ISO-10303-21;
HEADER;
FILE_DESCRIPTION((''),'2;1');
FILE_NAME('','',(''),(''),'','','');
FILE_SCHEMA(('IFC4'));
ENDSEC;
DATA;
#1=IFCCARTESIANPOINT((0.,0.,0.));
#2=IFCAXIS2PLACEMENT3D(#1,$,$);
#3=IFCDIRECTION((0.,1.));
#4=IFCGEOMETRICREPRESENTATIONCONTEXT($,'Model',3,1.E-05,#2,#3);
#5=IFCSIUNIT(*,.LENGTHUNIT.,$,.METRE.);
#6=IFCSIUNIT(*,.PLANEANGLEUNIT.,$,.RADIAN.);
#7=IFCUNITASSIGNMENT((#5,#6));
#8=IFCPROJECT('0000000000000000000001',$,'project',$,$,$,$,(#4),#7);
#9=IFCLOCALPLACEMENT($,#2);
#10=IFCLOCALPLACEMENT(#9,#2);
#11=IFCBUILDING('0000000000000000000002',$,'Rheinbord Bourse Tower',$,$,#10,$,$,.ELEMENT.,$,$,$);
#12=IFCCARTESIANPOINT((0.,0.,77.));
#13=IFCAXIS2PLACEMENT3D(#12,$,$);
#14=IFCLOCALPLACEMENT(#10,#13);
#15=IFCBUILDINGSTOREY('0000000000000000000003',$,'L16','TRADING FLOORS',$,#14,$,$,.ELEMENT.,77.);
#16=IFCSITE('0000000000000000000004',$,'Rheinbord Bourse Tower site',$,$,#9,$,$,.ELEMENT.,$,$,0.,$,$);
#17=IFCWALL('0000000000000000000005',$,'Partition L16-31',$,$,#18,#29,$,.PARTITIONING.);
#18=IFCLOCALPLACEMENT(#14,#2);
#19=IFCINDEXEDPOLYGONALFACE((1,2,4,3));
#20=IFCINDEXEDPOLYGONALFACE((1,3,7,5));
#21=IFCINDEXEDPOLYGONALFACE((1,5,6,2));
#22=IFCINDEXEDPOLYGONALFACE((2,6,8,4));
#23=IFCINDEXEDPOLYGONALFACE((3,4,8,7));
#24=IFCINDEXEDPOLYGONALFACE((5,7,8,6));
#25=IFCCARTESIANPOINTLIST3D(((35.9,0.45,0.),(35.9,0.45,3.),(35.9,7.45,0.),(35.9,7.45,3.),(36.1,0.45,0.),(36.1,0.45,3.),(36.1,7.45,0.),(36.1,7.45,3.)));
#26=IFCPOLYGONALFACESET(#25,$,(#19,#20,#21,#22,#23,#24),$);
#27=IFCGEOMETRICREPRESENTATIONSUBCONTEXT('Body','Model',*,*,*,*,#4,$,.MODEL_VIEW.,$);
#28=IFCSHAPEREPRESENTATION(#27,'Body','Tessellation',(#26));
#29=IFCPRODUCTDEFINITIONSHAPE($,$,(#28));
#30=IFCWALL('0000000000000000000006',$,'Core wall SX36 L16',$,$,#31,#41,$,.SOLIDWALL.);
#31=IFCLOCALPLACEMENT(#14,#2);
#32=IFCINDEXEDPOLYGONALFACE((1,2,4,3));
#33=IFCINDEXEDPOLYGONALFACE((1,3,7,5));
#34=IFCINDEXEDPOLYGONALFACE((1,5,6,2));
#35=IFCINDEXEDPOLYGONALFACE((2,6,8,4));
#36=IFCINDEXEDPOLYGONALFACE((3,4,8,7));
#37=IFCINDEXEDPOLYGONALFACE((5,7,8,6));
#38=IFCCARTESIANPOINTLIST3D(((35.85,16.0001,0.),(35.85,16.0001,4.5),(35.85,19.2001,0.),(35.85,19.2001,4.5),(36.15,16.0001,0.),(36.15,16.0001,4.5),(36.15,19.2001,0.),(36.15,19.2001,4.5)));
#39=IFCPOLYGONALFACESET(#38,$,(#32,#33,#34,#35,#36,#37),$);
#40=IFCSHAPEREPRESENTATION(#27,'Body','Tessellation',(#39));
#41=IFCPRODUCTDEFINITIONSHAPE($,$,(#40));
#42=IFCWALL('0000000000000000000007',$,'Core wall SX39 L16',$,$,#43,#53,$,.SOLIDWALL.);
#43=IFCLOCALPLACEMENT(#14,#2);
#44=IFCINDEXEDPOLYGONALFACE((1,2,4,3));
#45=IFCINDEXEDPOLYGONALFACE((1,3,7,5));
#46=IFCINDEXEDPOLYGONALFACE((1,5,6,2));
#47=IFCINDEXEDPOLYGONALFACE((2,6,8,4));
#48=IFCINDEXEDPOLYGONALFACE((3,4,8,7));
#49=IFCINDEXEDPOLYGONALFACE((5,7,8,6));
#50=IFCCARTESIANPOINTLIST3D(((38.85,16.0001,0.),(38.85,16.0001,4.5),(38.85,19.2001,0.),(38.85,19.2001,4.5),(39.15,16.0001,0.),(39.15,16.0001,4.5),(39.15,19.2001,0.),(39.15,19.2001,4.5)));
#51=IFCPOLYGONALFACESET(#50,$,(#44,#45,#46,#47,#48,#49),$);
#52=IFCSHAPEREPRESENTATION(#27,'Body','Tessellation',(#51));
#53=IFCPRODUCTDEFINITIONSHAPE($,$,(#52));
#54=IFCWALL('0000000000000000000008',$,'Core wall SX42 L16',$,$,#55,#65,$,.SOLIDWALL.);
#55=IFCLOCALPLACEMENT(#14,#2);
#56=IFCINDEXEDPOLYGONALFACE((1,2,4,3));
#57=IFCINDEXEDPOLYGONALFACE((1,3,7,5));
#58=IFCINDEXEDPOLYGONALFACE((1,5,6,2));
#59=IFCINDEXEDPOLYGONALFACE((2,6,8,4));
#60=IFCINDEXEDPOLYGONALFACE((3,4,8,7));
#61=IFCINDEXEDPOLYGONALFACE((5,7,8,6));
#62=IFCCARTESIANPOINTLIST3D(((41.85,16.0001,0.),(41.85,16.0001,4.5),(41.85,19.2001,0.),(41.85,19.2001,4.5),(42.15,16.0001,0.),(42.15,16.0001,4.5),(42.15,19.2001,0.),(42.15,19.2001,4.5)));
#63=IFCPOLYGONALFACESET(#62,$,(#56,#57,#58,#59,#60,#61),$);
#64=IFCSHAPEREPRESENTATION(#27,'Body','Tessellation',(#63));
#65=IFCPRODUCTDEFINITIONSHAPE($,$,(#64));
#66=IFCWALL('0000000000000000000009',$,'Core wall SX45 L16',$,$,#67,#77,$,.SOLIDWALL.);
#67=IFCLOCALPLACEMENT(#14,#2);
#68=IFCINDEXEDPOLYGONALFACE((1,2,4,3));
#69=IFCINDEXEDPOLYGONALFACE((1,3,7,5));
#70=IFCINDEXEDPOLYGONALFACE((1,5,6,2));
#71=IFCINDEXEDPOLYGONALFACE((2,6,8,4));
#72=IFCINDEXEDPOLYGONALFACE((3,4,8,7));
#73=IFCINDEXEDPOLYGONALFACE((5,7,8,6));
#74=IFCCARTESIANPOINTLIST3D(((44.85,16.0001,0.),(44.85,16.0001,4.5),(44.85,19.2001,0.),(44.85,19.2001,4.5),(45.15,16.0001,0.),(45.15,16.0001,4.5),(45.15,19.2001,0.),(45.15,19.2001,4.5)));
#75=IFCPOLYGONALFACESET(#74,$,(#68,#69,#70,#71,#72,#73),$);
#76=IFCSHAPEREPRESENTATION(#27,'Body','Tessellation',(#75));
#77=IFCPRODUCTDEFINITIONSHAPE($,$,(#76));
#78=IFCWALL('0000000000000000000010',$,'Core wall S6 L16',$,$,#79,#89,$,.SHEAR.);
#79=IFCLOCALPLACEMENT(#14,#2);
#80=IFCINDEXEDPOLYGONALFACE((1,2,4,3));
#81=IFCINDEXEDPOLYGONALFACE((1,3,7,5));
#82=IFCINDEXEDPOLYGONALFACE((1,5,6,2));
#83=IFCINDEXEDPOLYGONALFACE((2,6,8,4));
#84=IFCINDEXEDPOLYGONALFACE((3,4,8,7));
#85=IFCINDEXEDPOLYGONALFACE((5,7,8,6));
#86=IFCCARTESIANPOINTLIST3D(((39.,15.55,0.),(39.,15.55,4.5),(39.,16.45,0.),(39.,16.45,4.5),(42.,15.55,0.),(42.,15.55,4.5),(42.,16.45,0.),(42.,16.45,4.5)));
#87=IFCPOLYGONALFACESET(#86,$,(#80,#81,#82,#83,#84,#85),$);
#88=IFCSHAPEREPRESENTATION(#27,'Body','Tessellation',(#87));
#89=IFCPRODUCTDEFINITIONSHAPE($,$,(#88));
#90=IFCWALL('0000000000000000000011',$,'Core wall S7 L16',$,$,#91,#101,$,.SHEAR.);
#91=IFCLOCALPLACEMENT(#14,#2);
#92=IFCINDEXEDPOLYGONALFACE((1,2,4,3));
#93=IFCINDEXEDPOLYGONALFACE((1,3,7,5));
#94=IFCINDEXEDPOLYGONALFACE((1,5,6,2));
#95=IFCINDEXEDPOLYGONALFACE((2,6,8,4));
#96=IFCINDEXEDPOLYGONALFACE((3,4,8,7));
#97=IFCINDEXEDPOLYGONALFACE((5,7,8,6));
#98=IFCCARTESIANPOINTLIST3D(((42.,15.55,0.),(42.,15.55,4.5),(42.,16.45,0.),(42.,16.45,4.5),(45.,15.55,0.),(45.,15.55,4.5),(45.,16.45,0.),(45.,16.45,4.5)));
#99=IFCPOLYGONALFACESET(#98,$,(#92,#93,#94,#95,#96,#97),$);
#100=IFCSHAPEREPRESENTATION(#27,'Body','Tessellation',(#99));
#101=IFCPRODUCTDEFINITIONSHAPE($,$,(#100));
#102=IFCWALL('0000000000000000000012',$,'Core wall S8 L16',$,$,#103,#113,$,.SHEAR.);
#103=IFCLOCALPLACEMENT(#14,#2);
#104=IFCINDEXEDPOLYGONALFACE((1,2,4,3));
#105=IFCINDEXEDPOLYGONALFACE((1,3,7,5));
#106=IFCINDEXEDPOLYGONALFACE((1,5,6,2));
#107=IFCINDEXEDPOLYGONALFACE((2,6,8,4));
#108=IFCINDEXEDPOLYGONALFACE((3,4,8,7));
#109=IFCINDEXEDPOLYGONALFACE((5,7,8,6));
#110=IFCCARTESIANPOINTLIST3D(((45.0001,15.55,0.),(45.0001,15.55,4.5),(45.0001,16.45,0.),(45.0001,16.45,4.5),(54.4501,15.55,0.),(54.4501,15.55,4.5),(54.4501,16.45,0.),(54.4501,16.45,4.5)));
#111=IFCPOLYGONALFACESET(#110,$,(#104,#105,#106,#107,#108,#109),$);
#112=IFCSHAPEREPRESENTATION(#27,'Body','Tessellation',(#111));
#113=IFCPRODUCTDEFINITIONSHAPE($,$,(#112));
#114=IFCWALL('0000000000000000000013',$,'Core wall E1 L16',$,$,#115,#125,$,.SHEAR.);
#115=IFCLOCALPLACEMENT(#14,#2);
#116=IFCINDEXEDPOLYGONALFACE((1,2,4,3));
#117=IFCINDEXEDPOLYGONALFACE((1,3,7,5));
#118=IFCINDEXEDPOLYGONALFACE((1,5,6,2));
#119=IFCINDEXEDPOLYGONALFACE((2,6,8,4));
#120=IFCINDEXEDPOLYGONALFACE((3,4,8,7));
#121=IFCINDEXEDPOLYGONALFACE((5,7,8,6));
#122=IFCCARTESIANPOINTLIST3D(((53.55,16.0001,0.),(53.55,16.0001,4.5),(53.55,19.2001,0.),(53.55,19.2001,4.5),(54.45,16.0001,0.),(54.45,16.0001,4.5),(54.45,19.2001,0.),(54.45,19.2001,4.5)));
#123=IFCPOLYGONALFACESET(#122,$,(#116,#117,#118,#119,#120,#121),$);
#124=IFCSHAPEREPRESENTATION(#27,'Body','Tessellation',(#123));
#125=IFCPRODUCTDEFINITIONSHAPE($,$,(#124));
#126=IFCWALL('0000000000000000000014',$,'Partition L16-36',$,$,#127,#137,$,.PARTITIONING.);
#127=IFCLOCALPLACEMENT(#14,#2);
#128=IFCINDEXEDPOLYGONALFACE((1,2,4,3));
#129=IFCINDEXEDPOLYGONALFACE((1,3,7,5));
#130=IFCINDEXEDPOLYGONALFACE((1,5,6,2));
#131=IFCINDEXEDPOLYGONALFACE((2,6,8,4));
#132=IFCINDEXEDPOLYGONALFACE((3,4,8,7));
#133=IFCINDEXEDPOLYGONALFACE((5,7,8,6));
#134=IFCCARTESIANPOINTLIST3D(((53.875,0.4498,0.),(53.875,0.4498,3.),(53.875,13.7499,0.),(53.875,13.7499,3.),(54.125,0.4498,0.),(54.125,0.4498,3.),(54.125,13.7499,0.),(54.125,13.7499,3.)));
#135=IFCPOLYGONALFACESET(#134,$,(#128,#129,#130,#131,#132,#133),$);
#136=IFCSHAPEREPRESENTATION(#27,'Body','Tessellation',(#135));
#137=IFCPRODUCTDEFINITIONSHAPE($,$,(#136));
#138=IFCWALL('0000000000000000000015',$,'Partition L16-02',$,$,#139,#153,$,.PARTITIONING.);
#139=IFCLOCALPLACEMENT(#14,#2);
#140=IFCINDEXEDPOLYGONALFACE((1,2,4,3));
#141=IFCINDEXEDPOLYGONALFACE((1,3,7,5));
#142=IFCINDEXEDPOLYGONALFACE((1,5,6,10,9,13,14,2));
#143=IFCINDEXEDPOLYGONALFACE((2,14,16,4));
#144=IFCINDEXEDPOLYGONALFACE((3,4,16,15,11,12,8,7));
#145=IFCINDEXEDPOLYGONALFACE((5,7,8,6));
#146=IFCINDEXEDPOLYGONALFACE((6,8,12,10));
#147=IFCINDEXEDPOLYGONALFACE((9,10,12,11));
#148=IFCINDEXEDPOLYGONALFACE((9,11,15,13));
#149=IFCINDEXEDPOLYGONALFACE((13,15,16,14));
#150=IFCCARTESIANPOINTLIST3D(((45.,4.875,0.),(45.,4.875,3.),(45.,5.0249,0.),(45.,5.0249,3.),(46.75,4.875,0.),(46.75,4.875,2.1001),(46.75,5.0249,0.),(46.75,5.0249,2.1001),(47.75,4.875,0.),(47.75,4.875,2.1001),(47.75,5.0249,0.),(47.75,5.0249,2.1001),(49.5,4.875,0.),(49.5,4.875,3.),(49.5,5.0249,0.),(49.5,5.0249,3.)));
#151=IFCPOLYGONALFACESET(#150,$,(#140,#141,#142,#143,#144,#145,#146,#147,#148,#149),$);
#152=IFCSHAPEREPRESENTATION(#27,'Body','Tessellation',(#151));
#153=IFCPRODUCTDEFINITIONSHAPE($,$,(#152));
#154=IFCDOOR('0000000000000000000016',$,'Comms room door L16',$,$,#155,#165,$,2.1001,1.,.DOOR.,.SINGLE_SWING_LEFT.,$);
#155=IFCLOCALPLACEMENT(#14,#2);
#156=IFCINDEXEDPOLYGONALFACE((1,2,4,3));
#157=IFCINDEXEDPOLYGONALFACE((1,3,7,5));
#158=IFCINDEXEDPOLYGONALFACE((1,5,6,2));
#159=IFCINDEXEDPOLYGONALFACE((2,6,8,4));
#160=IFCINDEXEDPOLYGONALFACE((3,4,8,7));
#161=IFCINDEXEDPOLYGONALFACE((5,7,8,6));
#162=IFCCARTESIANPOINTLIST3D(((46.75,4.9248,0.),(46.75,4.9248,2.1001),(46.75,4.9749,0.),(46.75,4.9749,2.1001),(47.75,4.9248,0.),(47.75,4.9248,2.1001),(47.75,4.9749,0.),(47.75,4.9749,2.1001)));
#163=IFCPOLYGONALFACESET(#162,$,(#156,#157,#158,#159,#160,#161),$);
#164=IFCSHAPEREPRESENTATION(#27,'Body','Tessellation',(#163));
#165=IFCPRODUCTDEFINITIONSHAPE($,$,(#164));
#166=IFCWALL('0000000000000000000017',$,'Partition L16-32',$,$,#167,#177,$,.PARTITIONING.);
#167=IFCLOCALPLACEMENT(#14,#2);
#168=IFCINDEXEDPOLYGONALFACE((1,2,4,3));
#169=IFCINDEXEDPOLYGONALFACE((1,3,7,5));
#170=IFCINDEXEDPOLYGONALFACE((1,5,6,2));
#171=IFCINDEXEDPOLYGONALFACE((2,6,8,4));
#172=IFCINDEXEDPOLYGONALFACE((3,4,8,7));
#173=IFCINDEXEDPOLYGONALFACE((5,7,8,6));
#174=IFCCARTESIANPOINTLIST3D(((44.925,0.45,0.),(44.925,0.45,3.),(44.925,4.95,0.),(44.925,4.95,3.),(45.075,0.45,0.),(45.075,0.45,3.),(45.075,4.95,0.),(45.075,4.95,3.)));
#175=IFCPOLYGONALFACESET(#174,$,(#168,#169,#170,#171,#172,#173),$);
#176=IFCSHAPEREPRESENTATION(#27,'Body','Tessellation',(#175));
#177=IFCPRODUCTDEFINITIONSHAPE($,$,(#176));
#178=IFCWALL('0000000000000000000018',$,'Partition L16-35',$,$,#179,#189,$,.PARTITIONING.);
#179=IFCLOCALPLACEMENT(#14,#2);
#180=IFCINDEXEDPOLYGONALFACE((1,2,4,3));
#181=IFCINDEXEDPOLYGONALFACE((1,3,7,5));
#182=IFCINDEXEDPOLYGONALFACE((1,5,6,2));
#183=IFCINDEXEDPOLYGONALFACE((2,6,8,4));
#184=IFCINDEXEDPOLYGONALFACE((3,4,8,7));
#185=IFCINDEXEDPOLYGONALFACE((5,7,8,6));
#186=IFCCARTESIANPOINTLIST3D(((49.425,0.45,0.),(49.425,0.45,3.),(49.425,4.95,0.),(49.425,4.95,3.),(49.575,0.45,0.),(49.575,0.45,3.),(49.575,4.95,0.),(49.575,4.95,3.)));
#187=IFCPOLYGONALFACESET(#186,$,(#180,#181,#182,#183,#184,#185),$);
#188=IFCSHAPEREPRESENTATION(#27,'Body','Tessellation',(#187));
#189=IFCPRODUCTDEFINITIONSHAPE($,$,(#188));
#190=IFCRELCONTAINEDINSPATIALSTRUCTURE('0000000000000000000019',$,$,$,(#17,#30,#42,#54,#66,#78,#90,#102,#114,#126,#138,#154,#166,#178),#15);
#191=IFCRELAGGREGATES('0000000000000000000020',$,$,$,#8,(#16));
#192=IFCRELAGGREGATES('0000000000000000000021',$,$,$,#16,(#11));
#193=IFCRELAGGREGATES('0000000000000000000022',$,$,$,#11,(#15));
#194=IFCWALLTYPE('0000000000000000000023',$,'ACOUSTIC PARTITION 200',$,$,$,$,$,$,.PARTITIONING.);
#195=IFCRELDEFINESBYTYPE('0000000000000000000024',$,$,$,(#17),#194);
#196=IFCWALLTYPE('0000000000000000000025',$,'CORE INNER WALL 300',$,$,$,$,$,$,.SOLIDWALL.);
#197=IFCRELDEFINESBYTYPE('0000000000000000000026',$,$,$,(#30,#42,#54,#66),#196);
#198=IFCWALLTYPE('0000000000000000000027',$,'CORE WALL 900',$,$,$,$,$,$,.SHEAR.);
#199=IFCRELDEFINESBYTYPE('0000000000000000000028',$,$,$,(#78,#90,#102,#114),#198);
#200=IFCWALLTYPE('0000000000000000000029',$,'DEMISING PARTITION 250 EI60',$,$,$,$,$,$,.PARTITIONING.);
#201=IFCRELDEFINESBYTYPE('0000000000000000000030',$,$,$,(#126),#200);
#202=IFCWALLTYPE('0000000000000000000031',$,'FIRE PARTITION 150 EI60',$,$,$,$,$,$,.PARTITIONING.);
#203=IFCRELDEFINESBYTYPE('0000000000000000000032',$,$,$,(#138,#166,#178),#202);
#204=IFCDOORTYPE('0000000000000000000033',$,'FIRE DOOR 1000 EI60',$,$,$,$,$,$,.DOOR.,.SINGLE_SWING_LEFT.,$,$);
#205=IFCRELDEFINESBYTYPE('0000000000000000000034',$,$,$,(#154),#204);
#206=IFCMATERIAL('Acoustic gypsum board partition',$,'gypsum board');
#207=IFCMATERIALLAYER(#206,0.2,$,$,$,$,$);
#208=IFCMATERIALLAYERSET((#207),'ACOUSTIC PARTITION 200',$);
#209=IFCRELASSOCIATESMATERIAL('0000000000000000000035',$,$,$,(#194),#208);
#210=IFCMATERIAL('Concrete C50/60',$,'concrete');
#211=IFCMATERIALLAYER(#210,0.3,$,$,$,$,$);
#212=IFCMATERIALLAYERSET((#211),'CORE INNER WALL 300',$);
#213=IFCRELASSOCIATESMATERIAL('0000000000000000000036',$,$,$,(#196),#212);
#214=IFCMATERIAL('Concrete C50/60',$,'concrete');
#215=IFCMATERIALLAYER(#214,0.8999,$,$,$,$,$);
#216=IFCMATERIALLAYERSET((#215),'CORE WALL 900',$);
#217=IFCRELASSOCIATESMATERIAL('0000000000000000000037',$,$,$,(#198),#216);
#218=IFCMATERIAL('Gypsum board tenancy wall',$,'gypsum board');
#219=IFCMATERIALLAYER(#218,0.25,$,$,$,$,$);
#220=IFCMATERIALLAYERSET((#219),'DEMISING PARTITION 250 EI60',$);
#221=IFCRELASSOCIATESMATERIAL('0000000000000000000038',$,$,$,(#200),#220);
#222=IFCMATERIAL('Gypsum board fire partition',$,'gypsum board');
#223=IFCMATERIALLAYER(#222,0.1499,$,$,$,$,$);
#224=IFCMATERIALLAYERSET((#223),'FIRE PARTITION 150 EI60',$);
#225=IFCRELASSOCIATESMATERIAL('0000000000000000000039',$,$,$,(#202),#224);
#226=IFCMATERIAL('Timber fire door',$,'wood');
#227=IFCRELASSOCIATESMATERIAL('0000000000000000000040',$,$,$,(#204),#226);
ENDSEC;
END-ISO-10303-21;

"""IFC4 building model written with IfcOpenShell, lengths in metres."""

from ifc_helpers import new_model, si_unit, direction, frame, frame_2d, origin, place, context, subcontext, project, spatial, rectangle, extrude, material, layer, layer_set, type_object, element, fill, save


model = new_model("IFC4")

# Units and contexts
model_context = context("Model", 3, precision=1e-05, world=origin(), true_north=direction((0.0, 1.0)))
body_context = subcontext(model_context, "Body", "Model", "MODEL_VIEW")
ifc_project = project(units=[si_unit("LENGTHUNIT", "METRE"), si_unit("PLANEANGLEUNIT", "RADIAN")], contexts=[model_context])

# Site, building, storey
site_placement = place(None, origin())
site = spatial("IfcSite", under=ifc_project, at=site_placement, Name="Rheinbord Bourse Tower site", CompositionType="ELEMENT", RefElevation=0.0)
building_placement = place(site_placement, origin())
building = spatial("IfcBuilding", under=site, at=building_placement, Name="Rheinbord Bourse Tower", CompositionType="ELEMENT")
storey_placement = place(building_placement, frame((0.0, 0.0, 77.0)))
storey = spatial("IfcBuildingStorey", under=building, at=storey_placement, Name="L16", Description="TRADING FLOORS", CompositionType="ELEMENT", Elevation=77.0)

# Walls
ifc_material_1 = material(Name="Acoustic gypsum board partition", Category="gypsum board")
ifc_layer_1 = layer(ifc_material_1, 0.2)
ifc_layer_set_1 = layer_set([ifc_layer_1], Name="ACOUSTIC PARTITION 200")
wall_type_1 = type_object("IfcWallType", Name="ACOUSTIC PARTITION 200", PredefinedType="PARTITIONING", material=ifc_layer_set_1)
wall_1_placement = place(storey_placement, frame((36.0, 0.45, 0.0), z_axis=(0.0, 0.0, 1.0), x_axis=(0.0, 1.0, 0.0)))
element("IfcWall", 1, at=wall_1_placement, inside=storey, type_object=wall_type_1, Name="Partition L16-31", PredefinedType="PARTITIONING", context=body_context, shape_type="SweptSolid", body=[
    extrude(rectangle(XDim=7.0, YDim=0.2, at=frame_2d((3.5, 0.0))), origin(), (0.0, 0.0, 1.0), 3.0),
])
ifc_material_2 = material(Name="Concrete C50/60", Category="concrete")
ifc_layer_2 = layer(ifc_material_2, 0.3)
ifc_layer_set_2 = layer_set([ifc_layer_2], Name="CORE INNER WALL 300")
wall_type_2 = type_object("IfcWallType", Name="CORE INNER WALL 300", PredefinedType="SOLIDWALL", material=ifc_layer_set_2)
for number, where, z_axis, x_axis, name in (
    (2, (36.0, 16.0, 0.0), (0.0, 0.0, 1.0), (0.0, 1.0, 0.0), "Core wall SX36 L16"),
    (3, (39.0, 16.0, 0.0), (0.0, 0.0, 1.0), (0.0, 1.0, 0.0), "Core wall SX39 L16"),
    (4, (42.0, 16.0, 0.0), (0.0, 0.0, 1.0), (0.0, 1.0, 0.0), "Core wall SX42 L16"),
    (5, (45.0, 16.0, 0.0), (0.0, 0.0, 1.0), (0.0, 1.0, 0.0), "Core wall SX45 L16"),
):
    element("IfcWall", number, at=place(storey_placement, frame(where, z_axis=z_axis, x_axis=x_axis)), inside=storey, type_object=wall_type_2, Name=name, PredefinedType="SOLIDWALL", context=body_context, shape_type="SweptSolid", body=[
        extrude(rectangle(XDim=3.2, YDim=0.3, at=frame_2d((1.6001, 0.0))), origin(), (0.0, 0.0, 1.0), 4.5),
    ])
ifc_material_3 = material(Name="Concrete C50/60", Category="concrete")
ifc_layer_3 = layer(ifc_material_3, 0.8999)
ifc_layer_set_3 = layer_set([ifc_layer_3], Name="CORE WALL 900")
wall_type_3 = type_object("IfcWallType", Name="CORE WALL 900", PredefinedType="SHEAR", material=ifc_layer_set_3)
for number, where, z_axis, x_axis, name in (
    (6, (39.0, 16.0, 0.0), (0.0, 0.0, 1.0), (1.0, 0.0, 0.0), "Core wall S6 L16"),
    (7, (42.0, 16.0, 0.0), (0.0, 0.0, 1.0), (1.0, 0.0, 0.0), "Core wall S7 L16"),
):
    element("IfcWall", number, at=place(storey_placement, frame(where, z_axis=z_axis, x_axis=x_axis)), inside=storey, type_object=wall_type_3, Name=name, PredefinedType="SHEAR", context=body_context, shape_type="SweptSolid", body=[
        extrude(rectangle(XDim=3.0, YDim=0.8999, at=frame_2d((1.5, 0.0))), origin(), (0.0, 0.0, 1.0), 4.5),
    ])
wall_2_placement = place(storey_placement, frame((45.0, 16.0, 0.0), z_axis=(0.0, 0.0, 1.0), x_axis=(1.0, 0.0, 0.0)))
element("IfcWall", 8, at=wall_2_placement, inside=storey, type_object=wall_type_3, Name="Core wall S8 L16", PredefinedType="SHEAR", context=body_context, shape_type="SweptSolid", body=[
    extrude(rectangle(XDim=9.45, YDim=0.8999, at=frame_2d((4.7251, 0.0))), origin(), (0.0, 0.0, 1.0), 4.5),
])
wall_3_placement = place(storey_placement, frame((54.0, 16.0, 0.0), z_axis=(0.0, 0.0, 1.0), x_axis=(0.0, 1.0, 0.0)))
element("IfcWall", 9, at=wall_3_placement, inside=storey, type_object=wall_type_3, Name="Core wall E1 L16", PredefinedType="SHEAR", context=body_context, shape_type="SweptSolid", body=[
    extrude(rectangle(XDim=3.2, YDim=0.8999, at=frame_2d((1.6001, 0.0))), origin(), (0.0, 0.0, 1.0), 4.5),
])
ifc_material_4 = material(Name="Gypsum board tenancy wall", Category="gypsum board")
ifc_layer_4 = layer(ifc_material_4, 0.25)
ifc_layer_set_4 = layer_set([ifc_layer_4], Name="DEMISING PARTITION 250 EI60")
wall_type_4 = type_object("IfcWallType", Name="DEMISING PARTITION 250 EI60", PredefinedType="PARTITIONING", material=ifc_layer_set_4)
wall_4_placement = place(storey_placement, frame((54.0, 0.45, 0.0), z_axis=(0.0, 0.0, 1.0), x_axis=(0.0, 1.0, 0.0)))
element("IfcWall", 10, at=wall_4_placement, inside=storey, type_object=wall_type_4, Name="Partition L16-36", PredefinedType="PARTITIONING", context=body_context, shape_type="SweptSolid", body=[
    extrude(rectangle(XDim=13.3, YDim=0.25, at=frame_2d((6.6499, 0.0))), origin(), (0.0, 0.0, 1.0), 3.0),
])

# Wall, opening, door
ifc_material_5 = material(Name="Gypsum board fire partition", Category="gypsum board")
ifc_layer_5 = layer(ifc_material_5, 0.1499)
ifc_layer_set_5 = layer_set([ifc_layer_5], Name="FIRE PARTITION 150 EI60")
wall_type_5 = type_object("IfcWallType", Name="FIRE PARTITION 150 EI60", PredefinedType="PARTITIONING", material=ifc_layer_set_5)
wall_5_placement = place(storey_placement, frame((45.0, 4.95, 0.0), z_axis=(0.0, 0.0, 1.0), x_axis=(1.0, 0.0, 0.0)))
wall_5 = element("IfcWall", 11, at=wall_5_placement, inside=storey, type_object=wall_type_5, Name="Partition L16-02", PredefinedType="PARTITIONING", context=body_context, shape_type="SweptSolid", body=[
    extrude(rectangle(XDim=4.5, YDim=0.1499, at=frame_2d((2.25, 0.0))), origin(), (0.0, 0.0, 1.0), 3.0),
])
opening_1_placement = place(wall_5_placement, frame((1.75, 0.0, 0.0)))
opening_1 = element("IfcOpeningElement", 12, at=opening_1_placement, cuts=wall_5, PredefinedType="OPENING", context=body_context, shape_type="SweptSolid", body=[
    extrude(rectangle(XDim=1.0, YDim=2.1001, at=frame_2d((0.5, 1.05))), frame((0.0, 0.085, 0.0), z_axis=(0.0, -1.0, 0.0), x_axis=(1.0, 0.0, 0.0)), (0.0, 0.0, 1.0), 0.1699),
])
ifc_material_6 = material(Name="Timber fire door", Category="wood")
door_type_1 = type_object("IfcDoorType", Name="FIRE DOOR 1000 EI60", OperationType="SINGLE_SWING_LEFT", PredefinedType="DOOR", material=ifc_material_6)
door_1_placement = place(opening_1_placement, origin())
door_1 = element("IfcDoor", 13, at=door_1_placement, inside=storey, type_object=door_type_1, Name="Comms room door L16", OperationType="SINGLE_SWING_LEFT", OverallHeight=2.1001, OverallWidth=1.0, PredefinedType="DOOR", context=body_context, shape_type="SweptSolid", body=[
    extrude(rectangle(XDim=1.0, YDim=2.1001, at=frame_2d((0.5, 1.05))), frame((0.0, 0.0249, 0.0), z_axis=(0.0, -1.0, 0.0), x_axis=(1.0, 0.0, 0.0)), (0.0, 0.0, 1.0), 0.05),
])
fill(opening_1, door_1)

# Walls
for number, where, z_axis, x_axis, name in (
    (14, (45.0, 0.45, 0.0), (0.0, 0.0, 1.0), (0.0, 1.0, 0.0), "Partition L16-32"),
    (15, (49.5, 0.45, 0.0), (0.0, 0.0, 1.0), (0.0, 1.0, 0.0), "Partition L16-35"),
):
    element("IfcWall", number, at=place(storey_placement, frame(where, z_axis=z_axis, x_axis=x_axis)), inside=storey, type_object=wall_type_5, Name=name, PredefinedType="PARTITIONING", context=body_context, shape_type="SweptSolid", body=[
        extrude(rectangle(XDim=4.5, YDim=0.1499, at=frame_2d((2.25, 0.0))), origin(), (0.0, 0.0, 1.0), 3.0),
    ])

save(model, "model.ifc")
